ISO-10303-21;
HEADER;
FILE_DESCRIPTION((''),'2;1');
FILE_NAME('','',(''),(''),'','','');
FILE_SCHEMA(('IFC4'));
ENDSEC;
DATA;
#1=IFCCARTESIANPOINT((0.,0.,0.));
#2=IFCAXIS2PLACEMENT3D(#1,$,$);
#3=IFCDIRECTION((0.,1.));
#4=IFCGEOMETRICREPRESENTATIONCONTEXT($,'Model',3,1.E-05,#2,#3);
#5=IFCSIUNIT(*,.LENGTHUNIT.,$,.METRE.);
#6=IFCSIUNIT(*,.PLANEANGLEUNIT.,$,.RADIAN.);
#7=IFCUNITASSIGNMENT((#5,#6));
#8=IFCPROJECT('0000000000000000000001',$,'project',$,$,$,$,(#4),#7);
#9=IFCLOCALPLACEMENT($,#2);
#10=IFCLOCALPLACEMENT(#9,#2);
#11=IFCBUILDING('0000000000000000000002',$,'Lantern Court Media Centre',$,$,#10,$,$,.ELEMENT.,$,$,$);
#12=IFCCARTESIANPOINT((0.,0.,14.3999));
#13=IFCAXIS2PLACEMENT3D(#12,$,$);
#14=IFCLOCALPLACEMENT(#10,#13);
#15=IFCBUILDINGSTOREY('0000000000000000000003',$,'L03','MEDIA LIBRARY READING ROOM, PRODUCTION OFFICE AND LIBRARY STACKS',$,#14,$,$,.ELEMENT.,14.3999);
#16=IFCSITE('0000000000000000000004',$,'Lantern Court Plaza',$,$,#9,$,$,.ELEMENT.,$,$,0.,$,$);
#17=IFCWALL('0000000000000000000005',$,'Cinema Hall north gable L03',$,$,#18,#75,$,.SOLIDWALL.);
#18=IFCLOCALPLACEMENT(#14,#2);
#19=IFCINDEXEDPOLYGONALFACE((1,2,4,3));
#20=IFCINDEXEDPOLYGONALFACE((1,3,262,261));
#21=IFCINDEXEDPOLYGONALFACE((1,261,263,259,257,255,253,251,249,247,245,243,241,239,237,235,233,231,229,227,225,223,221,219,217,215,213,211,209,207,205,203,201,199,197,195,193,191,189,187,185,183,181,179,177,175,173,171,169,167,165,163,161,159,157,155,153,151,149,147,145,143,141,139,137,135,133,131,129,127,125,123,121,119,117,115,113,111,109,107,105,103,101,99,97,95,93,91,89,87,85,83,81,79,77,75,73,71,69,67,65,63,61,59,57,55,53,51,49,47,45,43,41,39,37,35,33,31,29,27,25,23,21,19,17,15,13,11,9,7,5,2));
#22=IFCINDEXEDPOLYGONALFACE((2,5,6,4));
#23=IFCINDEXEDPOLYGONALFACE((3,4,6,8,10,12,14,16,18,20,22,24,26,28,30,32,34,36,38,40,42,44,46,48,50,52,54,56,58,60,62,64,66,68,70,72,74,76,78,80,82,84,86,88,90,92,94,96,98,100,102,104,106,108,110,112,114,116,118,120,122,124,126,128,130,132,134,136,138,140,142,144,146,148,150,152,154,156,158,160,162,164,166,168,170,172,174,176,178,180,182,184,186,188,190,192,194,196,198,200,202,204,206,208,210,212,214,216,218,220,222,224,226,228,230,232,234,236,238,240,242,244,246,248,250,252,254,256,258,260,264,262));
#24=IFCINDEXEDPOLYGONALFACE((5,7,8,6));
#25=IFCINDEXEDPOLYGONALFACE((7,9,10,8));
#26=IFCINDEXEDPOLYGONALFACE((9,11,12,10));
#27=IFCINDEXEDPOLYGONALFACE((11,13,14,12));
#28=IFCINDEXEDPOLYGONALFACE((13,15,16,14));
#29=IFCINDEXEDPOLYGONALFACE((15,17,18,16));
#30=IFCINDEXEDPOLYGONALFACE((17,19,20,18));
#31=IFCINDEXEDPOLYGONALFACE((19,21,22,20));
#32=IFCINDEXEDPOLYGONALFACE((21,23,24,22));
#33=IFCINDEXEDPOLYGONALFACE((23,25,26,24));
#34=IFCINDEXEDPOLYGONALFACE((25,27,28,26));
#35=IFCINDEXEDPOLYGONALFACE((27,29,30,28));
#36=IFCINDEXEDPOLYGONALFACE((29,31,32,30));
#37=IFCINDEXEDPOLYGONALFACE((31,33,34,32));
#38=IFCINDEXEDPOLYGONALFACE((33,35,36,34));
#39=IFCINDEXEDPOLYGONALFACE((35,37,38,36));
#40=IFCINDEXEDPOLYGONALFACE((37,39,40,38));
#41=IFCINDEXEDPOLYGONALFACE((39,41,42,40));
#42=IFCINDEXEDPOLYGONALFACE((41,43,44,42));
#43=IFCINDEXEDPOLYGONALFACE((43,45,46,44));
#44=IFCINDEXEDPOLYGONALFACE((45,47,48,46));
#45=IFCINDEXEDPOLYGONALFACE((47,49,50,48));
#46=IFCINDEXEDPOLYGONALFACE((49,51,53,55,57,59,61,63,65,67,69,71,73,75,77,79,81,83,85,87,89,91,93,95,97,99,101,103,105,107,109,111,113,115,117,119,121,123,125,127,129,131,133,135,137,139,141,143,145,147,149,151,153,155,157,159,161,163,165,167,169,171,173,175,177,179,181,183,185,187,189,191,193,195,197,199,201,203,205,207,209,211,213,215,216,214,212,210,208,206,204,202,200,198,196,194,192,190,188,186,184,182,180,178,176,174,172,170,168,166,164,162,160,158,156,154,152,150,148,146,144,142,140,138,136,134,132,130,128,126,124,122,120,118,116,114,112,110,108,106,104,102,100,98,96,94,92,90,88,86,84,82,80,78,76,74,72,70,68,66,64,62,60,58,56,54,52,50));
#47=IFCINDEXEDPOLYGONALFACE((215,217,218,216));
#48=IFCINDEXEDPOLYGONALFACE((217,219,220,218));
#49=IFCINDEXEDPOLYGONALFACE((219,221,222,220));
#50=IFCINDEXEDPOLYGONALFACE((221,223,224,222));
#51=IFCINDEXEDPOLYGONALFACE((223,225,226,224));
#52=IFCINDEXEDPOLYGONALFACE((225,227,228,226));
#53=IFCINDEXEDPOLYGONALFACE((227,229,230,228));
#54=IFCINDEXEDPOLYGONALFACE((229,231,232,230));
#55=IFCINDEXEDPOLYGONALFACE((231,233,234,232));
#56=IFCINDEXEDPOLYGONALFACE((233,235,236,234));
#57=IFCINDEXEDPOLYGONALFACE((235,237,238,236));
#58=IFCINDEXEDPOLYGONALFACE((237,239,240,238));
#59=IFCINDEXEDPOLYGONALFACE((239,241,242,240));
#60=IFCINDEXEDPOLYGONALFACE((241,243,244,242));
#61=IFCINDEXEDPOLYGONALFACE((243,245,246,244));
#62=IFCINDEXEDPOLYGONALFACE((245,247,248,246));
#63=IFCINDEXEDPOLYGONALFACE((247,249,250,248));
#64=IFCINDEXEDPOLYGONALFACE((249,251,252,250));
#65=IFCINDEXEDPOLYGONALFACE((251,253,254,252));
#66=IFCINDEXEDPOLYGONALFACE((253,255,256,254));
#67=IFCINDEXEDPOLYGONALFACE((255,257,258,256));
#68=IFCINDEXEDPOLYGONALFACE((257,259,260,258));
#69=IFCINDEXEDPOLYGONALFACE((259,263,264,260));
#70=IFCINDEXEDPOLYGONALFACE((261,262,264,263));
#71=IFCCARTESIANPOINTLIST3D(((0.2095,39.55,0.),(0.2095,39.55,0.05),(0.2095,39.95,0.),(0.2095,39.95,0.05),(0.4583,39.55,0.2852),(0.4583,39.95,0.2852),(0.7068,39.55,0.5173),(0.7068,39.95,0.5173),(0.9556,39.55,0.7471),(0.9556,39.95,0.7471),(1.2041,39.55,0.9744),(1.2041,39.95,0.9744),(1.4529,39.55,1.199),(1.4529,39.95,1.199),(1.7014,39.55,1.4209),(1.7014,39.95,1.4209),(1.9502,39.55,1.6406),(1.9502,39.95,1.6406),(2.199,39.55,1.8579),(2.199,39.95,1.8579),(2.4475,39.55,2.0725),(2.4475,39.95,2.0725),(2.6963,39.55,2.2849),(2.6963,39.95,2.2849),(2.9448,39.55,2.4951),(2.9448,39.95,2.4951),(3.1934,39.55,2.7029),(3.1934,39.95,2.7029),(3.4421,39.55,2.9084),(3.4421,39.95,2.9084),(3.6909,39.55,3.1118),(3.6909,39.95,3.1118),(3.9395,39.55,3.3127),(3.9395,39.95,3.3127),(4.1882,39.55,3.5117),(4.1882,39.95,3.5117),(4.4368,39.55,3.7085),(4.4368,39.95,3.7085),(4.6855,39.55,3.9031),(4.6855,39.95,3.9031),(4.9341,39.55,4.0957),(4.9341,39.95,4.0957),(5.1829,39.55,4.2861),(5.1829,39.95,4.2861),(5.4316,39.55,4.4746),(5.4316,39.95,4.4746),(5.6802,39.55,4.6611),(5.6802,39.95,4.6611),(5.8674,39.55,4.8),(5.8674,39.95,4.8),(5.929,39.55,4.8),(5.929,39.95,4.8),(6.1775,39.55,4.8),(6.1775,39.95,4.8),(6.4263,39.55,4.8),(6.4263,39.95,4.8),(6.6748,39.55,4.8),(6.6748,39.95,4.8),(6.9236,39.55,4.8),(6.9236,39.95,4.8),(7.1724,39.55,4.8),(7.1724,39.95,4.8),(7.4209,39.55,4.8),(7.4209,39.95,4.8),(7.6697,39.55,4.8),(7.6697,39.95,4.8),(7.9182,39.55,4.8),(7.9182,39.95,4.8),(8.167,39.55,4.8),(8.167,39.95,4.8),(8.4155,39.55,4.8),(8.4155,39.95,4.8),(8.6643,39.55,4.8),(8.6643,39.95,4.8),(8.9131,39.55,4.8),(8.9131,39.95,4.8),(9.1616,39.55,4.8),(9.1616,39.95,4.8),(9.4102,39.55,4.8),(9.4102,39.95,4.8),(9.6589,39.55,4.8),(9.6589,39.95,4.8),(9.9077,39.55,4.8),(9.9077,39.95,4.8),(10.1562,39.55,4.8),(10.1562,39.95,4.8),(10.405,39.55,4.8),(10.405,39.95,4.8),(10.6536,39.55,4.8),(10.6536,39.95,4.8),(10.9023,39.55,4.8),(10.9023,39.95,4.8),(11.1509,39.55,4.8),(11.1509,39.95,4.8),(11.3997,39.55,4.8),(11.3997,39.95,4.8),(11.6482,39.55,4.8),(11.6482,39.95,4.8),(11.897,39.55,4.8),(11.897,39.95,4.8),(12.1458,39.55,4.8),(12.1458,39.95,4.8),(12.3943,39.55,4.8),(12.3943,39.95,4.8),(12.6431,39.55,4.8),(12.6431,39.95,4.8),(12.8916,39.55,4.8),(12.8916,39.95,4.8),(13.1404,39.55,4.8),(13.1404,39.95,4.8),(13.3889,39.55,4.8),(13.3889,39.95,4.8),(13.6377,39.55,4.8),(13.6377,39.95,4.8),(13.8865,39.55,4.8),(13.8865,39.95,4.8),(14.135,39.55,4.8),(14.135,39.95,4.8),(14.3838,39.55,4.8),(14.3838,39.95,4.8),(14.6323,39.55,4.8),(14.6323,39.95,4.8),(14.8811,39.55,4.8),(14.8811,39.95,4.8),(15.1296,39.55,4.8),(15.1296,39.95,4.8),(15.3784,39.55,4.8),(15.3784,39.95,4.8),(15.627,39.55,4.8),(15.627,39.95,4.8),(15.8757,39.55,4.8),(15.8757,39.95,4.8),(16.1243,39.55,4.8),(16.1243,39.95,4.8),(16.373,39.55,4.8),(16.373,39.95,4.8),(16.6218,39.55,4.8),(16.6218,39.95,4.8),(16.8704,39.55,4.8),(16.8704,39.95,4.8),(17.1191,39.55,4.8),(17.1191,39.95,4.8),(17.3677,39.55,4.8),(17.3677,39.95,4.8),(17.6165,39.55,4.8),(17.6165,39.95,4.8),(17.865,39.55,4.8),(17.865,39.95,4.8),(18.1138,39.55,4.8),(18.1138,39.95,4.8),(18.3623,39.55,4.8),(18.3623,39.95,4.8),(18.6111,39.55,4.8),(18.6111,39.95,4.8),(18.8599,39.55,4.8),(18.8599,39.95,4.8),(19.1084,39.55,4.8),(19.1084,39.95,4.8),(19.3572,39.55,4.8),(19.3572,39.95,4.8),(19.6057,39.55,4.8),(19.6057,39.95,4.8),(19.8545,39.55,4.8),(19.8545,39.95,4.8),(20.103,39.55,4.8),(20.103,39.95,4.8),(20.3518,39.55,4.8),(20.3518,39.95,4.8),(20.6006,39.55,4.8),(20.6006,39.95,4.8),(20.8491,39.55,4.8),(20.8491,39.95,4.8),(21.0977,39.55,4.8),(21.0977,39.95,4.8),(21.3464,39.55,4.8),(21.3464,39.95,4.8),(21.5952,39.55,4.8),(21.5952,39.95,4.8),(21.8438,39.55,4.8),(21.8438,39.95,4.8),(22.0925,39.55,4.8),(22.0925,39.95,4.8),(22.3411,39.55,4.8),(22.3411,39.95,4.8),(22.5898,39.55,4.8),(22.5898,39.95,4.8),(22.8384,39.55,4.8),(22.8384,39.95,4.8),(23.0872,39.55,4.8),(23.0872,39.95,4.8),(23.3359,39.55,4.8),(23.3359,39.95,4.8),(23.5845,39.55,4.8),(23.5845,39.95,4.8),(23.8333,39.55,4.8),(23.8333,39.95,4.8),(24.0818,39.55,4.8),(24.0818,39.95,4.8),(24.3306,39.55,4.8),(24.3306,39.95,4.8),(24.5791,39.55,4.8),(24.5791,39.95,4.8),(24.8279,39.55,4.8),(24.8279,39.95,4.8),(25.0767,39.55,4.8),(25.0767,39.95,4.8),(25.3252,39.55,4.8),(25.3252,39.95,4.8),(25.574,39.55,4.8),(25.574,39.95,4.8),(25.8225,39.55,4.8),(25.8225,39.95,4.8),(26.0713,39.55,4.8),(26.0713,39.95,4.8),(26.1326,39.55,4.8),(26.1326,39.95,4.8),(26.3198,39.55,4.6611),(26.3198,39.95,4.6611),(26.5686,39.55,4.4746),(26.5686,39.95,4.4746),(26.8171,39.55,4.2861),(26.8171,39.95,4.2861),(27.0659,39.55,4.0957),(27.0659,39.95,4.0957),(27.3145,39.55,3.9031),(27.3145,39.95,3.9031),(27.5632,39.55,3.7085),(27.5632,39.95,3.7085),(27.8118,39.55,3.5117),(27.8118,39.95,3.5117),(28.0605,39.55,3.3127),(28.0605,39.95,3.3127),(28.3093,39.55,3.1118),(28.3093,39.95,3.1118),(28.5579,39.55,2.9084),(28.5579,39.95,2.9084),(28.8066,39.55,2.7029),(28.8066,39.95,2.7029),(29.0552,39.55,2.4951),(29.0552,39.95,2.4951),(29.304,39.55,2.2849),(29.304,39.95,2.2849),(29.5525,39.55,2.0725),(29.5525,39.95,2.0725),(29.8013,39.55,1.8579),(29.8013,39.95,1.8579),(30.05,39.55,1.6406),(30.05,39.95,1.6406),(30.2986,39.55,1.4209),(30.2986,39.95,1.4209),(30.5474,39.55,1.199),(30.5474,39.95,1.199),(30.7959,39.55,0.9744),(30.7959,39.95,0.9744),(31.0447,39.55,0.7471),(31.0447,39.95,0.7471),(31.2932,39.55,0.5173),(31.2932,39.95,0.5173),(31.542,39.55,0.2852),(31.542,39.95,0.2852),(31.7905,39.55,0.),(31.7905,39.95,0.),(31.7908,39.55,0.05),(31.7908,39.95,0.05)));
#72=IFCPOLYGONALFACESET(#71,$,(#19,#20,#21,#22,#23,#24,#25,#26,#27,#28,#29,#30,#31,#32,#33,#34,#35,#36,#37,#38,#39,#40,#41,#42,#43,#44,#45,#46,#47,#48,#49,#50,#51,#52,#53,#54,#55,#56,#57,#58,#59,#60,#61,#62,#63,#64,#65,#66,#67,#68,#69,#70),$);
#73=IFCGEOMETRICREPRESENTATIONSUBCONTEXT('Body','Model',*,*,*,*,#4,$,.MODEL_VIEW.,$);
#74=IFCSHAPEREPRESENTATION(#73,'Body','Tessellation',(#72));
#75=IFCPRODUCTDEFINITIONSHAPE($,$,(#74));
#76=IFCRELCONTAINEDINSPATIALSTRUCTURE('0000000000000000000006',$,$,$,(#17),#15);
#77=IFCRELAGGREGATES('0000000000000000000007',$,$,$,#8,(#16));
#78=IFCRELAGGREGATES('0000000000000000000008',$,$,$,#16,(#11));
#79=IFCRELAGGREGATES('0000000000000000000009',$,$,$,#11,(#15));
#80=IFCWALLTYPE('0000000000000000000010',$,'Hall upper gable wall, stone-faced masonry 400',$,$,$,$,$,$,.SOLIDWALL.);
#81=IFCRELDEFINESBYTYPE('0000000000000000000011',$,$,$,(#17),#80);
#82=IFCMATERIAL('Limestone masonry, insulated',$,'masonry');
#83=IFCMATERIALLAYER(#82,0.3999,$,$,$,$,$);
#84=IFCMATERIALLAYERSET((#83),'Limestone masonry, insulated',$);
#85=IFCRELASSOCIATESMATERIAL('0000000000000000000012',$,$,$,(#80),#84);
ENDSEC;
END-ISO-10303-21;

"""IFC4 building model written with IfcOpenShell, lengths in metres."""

from ifc_helpers import new_model, si_unit, direction, frame, origin, place, context, subcontext, project, spatial, polyline, outline, extrude, material, layer, layer_set, type_object, element, save


model = new_model("IFC4")

# Units and contexts
model_context = context("Model", 3, precision=1e-05, world=origin(), true_north=direction((0.0, 1.0)))
body_context = subcontext(model_context, "Body", "Model", "MODEL_VIEW")
ifc_project = project(units=[si_unit("LENGTHUNIT", "METRE"), si_unit("PLANEANGLEUNIT", "RADIAN")], contexts=[model_context])

# Site, building, storey
site_placement = place(None, origin())
site = spatial("IfcSite", under=ifc_project, at=site_placement, Name="Lantern Court Plaza", CompositionType="ELEMENT", RefElevation=0.0)
building_placement = place(site_placement, origin())
building = spatial("IfcBuilding", under=site, at=building_placement, Name="Lantern Court Media Centre", CompositionType="ELEMENT")
storey_placement = place(building_placement, frame((0.0, 0.0, 14.3999)))
storey = spatial("IfcBuildingStorey", under=building, at=storey_placement, Name="L03", Description="MEDIA LIBRARY READING ROOM, PRODUCTION OFFICE AND LIBRARY STACKS", CompositionType="ELEMENT", Elevation=14.3999)

# Wall
ifc_material_1 = material(Name="Limestone masonry, insulated", Category="masonry")
ifc_layer_1 = layer(ifc_material_1, 0.3999)
ifc_layer_set_1 = layer_set([ifc_layer_1], Name="Limestone masonry, insulated")
wall_type = type_object("IfcWallType", Name="Hall upper gable wall, stone-faced masonry 400", PredefinedType="SOLIDWALL", material=ifc_layer_set_1)
wall_placement = place(storey_placement, frame((0.2095, 39.75, 0.0), z_axis=(0.0, 0.0, 1.0), x_axis=(1.0, 0.0, 0.0)))
element("IfcWall", 1, at=wall_placement, inside=storey, type_object=wall_type, Name="Cinema Hall north gable L03", PredefinedType="SOLIDWALL", context=body_context, shape_type="SweptSolid", body=[
    extrude(outline(polyline([(0.0, 0.0), (31.5811, 0.0), (31.5813, 0.05), (31.3325, 0.2852), (31.0837, 0.5173), (30.8352, 0.7471), (30.5864, 0.9744), (30.3379, 1.199), (30.0891, 1.4209), (29.8406, 1.6406), (29.5918, 1.8579), (29.343, 2.0725), (29.0945, 2.2849), (28.8457, 2.4951), (28.5972, 2.7029), (28.3484, 2.9084), (28.0999, 3.1118), (27.8511, 3.3127), (27.6023, 3.5117), (27.3538, 3.7085), (27.105, 3.9031), (26.8564, 4.0957), (26.6077, 4.2861), (26.3591, 4.4746), (26.1104, 4.6611), (25.9231, 4.8), (25.8618, 4.8), (25.613, 4.8), (25.3645, 4.8), (25.1157, 4.8), (24.8672, 4.8), (24.6184, 4.8), (24.3696, 4.8), (24.1211, 4.8), (23.8723, 4.8), (23.6238, 4.8), (23.375, 4.8), (23.1265, 4.8), (22.8777, 4.8), (22.6289, 4.8), (22.3804, 4.8), (22.1316, 4.8), (21.8831, 4.8), (21.6343, 4.8), (21.3857, 4.8), (21.137, 4.8), (20.8882, 4.8), (20.6396, 4.8), (20.3911, 4.8), (20.1423, 4.8), (19.8936, 4.8), (19.645, 4.8), (19.3962, 4.8), (19.1477, 4.8), (18.8989, 4.8), (18.6504, 4.8), (18.4016, 4.8), (18.1528, 4.8), (17.9043, 4.8), (17.6555, 4.8), (17.407, 4.8), (17.1582, 4.8), (16.9097, 4.8), (16.6609, 4.8), (16.4124, 4.8), (16.1636, 4.8), (15.9148, 4.8), (15.6663, 4.8), (15.4175, 4.8), (15.1689, 4.8), (14.9202, 4.8), (14.6716, 4.8), (14.4229, 4.8), (14.1743, 4.8), (13.9255, 4.8), (13.677, 4.8), (13.4282, 4.8), (13.1794, 4.8), (12.9309, 4.8), (12.6821, 4.8), (12.4336, 4.8), (12.1848, 4.8), (11.9363, 4.8), (11.6875, 4.8), (11.4387, 4.8), (11.1902, 4.8), (10.9414, 4.8), (10.6929, 4.8), (10.4441, 4.8), (10.1956, 4.8), (9.9468, 4.8), (9.6982, 4.8), (9.4495, 4.8), (9.2007, 4.8), (8.9521, 4.8), (8.7036, 4.8), (8.4548, 4.8), (8.2061, 4.8), (7.9575, 4.8), (7.7087, 4.8), (7.4602, 4.8), (7.2114, 4.8), (6.9629, 4.8), (6.7141, 4.8), (6.4653, 4.8), (6.2168, 4.8), (5.968, 4.8), (5.7195, 4.8), (5.658, 4.8), (5.4707, 4.6611), (5.2222, 4.4746), (4.9734, 4.2861), (4.7246, 4.0957), (4.4761, 3.9031), (4.2273, 3.7085), (3.9788, 3.5117), (3.73, 3.3127), (3.4814, 3.1118), (3.2327, 2.9084), (2.9839, 2.7029), (2.7354, 2.4951), (2.4868, 2.2849), (2.238, 2.0725), (1.9895, 1.8579), (1.7407, 1.6406), (1.4919, 1.4209), (1.2434, 1.199), (0.9946, 0.9744), (0.7461, 0.7471), (0.4973, 0.5173), (0.2488, 0.2852), (0.0, 0.05), (0.0, 0.0)])), frame((0.0, 0.2, 0.0), z_axis=(0.0, -1.0, 0.0), x_axis=(1.0, 0.0, 0.0)), (0.0, 0.0, 1.0), 0.3999),
])

save(model, "model.ifc")
